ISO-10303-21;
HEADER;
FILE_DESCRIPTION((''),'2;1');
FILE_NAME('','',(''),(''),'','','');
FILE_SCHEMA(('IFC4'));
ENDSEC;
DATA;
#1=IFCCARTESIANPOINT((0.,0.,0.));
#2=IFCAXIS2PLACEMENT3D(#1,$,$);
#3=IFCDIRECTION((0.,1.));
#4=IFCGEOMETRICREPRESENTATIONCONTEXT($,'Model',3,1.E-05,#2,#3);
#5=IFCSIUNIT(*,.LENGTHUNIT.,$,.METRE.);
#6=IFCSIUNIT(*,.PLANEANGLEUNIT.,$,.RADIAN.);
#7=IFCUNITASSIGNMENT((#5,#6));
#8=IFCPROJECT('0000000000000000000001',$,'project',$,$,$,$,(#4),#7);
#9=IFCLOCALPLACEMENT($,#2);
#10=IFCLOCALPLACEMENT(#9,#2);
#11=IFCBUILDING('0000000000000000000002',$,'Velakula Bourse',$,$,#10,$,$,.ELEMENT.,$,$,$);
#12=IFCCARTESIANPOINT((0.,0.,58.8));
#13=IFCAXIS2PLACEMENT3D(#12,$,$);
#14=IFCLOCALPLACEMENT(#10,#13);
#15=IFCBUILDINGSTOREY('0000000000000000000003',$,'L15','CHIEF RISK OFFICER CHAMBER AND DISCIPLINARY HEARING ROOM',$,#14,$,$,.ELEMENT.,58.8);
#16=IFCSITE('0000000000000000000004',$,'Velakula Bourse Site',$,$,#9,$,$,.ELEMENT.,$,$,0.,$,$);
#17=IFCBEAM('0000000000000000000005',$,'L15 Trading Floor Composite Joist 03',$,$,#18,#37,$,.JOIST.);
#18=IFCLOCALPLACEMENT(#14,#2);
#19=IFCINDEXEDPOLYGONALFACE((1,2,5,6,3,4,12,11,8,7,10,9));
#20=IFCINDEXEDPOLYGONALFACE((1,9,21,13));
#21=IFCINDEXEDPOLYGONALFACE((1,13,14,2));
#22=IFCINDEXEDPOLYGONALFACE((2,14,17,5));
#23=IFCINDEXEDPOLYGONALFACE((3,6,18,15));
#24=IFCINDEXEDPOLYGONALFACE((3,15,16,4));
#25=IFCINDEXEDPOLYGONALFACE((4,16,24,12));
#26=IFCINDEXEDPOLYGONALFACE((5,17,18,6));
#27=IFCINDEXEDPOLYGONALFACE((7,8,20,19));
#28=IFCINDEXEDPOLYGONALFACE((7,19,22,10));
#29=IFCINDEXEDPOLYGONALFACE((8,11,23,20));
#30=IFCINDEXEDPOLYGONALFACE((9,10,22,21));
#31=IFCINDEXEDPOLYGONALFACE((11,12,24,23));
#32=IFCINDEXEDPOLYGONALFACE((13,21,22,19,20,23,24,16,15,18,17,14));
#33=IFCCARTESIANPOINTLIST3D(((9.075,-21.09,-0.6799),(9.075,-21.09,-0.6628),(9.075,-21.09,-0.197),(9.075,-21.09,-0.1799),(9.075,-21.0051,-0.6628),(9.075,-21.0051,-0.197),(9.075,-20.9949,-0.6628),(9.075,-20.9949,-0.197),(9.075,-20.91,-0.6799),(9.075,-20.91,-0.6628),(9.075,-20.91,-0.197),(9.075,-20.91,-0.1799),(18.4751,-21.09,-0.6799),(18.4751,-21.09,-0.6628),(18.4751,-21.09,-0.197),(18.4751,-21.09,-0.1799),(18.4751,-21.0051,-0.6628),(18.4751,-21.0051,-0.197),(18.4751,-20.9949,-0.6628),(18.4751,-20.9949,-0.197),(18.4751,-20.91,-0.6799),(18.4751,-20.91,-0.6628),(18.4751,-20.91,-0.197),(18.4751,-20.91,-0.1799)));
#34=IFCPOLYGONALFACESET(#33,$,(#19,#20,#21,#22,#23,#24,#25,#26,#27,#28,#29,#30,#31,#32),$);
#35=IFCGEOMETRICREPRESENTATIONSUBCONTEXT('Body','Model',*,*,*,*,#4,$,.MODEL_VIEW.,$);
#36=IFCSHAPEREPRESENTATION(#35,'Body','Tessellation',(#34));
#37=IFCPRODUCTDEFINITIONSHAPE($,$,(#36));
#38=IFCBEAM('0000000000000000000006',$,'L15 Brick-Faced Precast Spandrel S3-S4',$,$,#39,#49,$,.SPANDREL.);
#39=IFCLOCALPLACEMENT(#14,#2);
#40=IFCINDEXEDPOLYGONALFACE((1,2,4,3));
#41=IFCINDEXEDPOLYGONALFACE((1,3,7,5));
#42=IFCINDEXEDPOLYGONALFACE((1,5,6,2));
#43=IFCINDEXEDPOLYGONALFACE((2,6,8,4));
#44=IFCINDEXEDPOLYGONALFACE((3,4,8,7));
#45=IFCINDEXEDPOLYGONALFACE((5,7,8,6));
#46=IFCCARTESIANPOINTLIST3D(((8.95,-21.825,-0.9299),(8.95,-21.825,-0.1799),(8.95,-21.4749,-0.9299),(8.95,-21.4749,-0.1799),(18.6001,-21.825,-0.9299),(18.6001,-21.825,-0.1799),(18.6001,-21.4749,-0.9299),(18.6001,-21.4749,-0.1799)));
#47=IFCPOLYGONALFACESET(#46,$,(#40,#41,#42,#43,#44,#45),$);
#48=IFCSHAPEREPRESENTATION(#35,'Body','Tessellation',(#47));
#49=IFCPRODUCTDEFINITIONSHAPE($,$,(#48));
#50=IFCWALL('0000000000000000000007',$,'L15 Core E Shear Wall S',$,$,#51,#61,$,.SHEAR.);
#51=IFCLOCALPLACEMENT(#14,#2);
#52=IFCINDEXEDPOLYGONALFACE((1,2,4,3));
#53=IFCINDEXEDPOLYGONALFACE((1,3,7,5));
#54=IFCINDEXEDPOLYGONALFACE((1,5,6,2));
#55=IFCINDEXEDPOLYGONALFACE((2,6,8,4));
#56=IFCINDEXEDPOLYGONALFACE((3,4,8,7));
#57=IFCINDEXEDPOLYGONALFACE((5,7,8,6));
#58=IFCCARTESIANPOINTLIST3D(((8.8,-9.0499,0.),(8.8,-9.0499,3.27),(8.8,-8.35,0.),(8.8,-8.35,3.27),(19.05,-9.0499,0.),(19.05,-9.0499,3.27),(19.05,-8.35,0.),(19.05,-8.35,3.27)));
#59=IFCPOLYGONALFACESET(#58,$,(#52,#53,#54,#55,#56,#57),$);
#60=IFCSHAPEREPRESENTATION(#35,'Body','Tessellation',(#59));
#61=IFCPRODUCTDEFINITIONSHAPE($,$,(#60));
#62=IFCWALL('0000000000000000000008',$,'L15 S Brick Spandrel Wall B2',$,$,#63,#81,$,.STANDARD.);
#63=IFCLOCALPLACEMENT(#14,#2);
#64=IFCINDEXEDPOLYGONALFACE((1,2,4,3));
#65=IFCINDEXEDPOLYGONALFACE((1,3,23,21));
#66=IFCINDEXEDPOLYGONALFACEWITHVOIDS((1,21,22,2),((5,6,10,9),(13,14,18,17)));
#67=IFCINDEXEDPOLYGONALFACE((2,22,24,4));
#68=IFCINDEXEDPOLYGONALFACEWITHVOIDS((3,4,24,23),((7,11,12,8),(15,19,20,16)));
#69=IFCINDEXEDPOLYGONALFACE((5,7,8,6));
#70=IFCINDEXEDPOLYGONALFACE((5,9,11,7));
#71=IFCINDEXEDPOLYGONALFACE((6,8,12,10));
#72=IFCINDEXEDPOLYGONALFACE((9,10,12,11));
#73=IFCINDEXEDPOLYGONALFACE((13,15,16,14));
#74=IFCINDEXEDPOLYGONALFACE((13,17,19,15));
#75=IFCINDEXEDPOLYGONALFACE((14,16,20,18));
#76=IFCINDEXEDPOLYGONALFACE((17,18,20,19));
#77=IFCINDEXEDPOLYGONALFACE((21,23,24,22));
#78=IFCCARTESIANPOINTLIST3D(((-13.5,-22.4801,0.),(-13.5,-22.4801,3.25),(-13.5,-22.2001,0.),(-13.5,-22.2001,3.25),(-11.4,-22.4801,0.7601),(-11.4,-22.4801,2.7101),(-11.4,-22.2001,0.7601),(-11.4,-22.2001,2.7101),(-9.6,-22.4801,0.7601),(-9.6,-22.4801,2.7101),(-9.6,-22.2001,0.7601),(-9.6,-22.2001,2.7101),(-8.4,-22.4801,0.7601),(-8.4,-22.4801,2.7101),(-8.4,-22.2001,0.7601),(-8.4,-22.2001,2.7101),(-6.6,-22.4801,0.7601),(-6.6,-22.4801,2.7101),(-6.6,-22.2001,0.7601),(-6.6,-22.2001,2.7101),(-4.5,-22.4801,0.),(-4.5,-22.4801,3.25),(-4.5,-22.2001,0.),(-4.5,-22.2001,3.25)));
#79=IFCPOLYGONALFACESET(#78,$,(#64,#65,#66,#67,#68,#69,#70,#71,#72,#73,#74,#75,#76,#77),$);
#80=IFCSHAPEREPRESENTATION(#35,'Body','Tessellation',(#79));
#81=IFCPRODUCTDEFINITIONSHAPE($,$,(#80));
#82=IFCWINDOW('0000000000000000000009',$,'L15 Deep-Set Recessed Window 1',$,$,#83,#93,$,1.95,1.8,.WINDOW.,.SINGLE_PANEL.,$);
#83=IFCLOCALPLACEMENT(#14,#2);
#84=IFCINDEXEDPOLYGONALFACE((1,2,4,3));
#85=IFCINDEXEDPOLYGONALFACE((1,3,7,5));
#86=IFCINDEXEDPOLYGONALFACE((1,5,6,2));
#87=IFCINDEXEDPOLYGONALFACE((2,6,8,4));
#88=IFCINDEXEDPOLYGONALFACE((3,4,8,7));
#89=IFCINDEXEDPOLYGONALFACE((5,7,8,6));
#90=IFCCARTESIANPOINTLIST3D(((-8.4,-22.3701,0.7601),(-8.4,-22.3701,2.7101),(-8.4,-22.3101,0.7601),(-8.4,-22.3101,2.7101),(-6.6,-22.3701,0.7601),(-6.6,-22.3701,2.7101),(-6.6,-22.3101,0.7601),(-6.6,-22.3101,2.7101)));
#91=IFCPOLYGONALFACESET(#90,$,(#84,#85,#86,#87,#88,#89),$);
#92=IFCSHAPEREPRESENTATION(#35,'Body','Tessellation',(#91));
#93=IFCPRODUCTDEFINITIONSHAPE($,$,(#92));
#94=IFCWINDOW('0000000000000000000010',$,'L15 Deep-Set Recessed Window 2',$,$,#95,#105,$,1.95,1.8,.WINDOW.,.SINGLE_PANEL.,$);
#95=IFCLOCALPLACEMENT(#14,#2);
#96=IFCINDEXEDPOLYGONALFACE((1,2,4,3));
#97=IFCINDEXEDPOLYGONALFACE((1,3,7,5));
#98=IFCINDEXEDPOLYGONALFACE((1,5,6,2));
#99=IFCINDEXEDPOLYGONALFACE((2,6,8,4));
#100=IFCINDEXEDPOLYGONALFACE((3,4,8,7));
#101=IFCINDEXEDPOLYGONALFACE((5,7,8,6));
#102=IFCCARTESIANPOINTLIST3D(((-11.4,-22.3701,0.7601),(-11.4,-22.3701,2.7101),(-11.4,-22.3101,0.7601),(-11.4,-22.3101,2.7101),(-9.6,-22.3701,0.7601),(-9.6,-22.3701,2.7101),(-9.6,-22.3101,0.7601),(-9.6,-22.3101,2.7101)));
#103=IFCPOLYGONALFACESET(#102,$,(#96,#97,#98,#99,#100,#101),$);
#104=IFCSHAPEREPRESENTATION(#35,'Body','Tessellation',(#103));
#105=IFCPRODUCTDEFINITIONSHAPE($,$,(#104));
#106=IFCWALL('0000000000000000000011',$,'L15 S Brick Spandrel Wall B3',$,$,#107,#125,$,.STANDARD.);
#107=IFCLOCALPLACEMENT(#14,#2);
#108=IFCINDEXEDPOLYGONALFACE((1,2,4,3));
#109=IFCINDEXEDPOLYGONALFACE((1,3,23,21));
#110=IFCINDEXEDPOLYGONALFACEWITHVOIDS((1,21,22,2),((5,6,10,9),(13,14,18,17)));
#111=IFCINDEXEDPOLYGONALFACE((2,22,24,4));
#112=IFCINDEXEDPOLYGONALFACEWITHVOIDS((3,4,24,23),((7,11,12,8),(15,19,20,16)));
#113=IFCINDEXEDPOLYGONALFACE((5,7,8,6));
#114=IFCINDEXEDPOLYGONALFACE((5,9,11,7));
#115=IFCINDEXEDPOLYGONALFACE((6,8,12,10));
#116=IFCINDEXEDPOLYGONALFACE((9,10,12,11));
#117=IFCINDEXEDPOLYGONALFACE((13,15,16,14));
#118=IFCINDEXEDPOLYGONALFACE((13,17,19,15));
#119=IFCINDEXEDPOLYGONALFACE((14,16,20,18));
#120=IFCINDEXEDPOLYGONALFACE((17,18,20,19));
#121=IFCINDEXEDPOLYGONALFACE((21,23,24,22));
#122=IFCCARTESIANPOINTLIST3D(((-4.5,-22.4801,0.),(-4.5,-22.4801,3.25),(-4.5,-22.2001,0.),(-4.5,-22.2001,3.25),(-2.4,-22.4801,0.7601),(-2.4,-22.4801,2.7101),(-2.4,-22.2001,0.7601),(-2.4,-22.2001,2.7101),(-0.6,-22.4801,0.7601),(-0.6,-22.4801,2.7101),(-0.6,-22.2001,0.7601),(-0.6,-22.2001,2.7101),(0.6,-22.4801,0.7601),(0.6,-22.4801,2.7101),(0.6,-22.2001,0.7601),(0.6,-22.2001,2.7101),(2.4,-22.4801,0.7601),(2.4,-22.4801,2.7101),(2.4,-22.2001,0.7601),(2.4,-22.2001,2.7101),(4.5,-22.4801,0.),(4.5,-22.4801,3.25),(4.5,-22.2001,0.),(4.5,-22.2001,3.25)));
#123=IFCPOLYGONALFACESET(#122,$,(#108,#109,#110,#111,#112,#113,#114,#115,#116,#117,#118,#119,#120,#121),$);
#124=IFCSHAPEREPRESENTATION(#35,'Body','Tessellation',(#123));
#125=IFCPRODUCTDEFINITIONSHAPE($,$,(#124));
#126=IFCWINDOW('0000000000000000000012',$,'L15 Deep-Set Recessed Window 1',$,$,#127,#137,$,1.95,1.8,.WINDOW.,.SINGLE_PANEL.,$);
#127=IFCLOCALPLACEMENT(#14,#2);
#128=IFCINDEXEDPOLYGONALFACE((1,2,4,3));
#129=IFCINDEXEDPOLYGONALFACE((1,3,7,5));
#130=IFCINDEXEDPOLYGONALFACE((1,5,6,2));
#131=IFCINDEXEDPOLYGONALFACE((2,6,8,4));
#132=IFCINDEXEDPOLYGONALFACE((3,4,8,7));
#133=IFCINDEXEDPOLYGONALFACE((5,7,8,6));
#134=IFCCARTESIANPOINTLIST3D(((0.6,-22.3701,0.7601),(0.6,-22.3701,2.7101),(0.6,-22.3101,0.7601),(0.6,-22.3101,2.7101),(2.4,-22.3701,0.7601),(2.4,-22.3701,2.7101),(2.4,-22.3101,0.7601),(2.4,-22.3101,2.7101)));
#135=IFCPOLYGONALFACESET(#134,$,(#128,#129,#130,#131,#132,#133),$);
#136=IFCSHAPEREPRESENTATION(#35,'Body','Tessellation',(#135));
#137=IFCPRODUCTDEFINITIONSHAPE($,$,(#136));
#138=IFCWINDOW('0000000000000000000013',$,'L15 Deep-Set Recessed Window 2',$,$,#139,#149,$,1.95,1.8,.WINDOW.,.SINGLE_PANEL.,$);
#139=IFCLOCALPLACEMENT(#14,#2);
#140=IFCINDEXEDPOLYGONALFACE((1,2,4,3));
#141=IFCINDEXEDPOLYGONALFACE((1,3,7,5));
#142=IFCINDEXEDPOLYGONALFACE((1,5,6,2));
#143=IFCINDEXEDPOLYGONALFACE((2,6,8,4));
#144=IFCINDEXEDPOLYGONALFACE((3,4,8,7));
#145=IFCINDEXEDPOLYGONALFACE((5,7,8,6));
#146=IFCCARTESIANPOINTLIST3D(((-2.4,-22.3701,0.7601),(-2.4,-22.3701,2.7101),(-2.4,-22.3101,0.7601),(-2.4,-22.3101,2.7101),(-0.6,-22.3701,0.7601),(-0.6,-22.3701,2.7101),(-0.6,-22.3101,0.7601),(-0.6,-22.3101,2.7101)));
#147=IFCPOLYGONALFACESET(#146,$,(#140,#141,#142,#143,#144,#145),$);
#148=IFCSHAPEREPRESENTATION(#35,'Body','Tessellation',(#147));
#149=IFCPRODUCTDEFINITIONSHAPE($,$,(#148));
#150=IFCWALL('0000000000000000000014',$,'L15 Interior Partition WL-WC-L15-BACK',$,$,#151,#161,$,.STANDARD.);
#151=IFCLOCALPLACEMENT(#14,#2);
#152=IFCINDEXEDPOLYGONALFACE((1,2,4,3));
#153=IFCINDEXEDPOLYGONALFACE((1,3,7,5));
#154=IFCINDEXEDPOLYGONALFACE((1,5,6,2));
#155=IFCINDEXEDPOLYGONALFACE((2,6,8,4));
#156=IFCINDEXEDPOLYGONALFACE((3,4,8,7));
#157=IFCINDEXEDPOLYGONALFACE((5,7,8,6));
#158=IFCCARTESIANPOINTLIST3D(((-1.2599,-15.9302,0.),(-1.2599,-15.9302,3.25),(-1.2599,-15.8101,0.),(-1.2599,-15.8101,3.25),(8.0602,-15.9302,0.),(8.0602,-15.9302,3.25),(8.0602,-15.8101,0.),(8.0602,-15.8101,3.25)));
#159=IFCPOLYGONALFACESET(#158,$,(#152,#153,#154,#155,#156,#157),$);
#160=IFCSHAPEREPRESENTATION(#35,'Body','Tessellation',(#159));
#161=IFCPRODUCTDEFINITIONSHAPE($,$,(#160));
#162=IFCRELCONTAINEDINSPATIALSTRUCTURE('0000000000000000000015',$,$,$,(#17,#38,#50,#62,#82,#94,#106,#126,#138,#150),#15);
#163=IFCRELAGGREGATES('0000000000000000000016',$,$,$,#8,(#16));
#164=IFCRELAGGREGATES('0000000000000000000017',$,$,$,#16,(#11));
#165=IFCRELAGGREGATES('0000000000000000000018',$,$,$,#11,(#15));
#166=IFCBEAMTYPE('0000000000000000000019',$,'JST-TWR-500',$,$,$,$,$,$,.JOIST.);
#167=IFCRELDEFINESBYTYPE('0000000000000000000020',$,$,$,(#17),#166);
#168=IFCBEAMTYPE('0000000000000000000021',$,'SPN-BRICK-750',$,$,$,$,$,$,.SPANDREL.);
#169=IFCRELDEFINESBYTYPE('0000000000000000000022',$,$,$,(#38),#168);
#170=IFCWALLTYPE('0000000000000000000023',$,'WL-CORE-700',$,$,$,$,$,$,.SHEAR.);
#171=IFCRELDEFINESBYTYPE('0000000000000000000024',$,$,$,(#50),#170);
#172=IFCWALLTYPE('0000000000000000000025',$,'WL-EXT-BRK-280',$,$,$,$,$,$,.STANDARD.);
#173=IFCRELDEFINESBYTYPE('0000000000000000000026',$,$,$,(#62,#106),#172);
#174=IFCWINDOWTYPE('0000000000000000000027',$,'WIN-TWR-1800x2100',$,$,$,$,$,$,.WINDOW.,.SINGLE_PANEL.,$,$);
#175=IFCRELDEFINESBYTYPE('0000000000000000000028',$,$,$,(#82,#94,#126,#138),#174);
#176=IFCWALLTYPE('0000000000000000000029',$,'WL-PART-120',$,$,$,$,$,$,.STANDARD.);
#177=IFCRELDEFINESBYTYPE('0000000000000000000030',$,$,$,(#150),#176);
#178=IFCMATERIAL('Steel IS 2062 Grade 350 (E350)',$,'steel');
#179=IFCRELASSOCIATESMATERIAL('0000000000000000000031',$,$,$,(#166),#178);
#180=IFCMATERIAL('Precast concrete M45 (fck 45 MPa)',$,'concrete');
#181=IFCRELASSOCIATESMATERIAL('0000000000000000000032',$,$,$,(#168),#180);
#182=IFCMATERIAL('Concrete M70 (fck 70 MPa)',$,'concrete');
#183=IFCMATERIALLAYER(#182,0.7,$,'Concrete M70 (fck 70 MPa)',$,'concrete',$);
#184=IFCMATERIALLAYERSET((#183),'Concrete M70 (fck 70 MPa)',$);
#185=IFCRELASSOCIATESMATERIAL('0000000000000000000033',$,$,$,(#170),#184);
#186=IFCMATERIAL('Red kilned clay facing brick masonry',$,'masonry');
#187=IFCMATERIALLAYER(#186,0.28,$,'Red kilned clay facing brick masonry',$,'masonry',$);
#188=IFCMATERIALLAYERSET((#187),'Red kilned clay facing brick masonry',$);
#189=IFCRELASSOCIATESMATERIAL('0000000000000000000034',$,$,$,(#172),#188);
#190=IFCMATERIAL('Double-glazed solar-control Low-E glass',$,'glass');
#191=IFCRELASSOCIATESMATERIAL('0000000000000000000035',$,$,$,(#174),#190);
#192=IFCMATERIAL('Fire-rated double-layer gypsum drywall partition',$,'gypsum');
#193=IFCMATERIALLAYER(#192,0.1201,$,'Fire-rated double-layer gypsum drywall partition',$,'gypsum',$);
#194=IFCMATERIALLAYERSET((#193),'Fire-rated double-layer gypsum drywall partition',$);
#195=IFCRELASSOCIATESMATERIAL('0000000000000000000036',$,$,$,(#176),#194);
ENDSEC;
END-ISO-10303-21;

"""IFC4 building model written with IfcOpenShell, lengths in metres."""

from ifc_helpers import new_model, si_unit, direction, frame, frame_2d, origin, origin_2d, place, context, subcontext, project, spatial, rectangle, i_section, extrude, material, layer, layer_set, material_profile, profile_set, type_object, element, fill, save


model = new_model("IFC4")

# Units and contexts
model_context = context("Model", 3, precision=1e-05, world=origin(), true_north=direction((0.0, 1.0)))
body_context = subcontext(model_context, "Body", "Model", "MODEL_VIEW")
ifc_project = project(units=[si_unit("LENGTHUNIT", "METRE"), si_unit("PLANEANGLEUNIT", "RADIAN")], contexts=[model_context])

# Site, building, storey
site_placement = place(None, origin())
site = spatial("IfcSite", under=ifc_project, at=site_placement, Name="Velakula Bourse Site", CompositionType="ELEMENT", RefElevation=0.0)
building_placement = place(site_placement, origin())
building = spatial("IfcBuilding", under=site, at=building_placement, Name="Velakula Bourse", CompositionType="ELEMENT")
storey_placement = place(building_placement, frame((0.0, 0.0, 58.8)))
storey = spatial("IfcBuildingStorey", under=building, at=storey_placement, Name="L15", Description="CHIEF RISK OFFICER CHAMBER AND DISCIPLINARY HEARING ROOM", CompositionType="ELEMENT", Elevation=58.8)

# Shared definitions
ifc_material_1 = material(Name="Concrete M70 (fck 70 MPa)", Category="concrete")

# Beams
ifc_material_2 = material(Name="Steel IS 2062 Grade 350 (E350)", Category="steel")
ifc_material_profile_1 = material_profile(ifc_material_2, i_section(OverallWidth=0.1799, OverallDepth=0.5, WebThickness=0.0103, FlangeThickness=0.0171, at=origin_2d()), Name="Steel IS 2062 Grade 350 (E350)")
ifc_profile_set_1 = profile_set([ifc_material_profile_1], Name="Steel IS 2062 Grade 350 (E350)")
beam_type_1 = type_object("IfcBeamType", Name="JST-TWR-500", PredefinedType="JOIST", material=ifc_profile_set_1)
beam_1_placement = place(storey_placement, frame((9.075, -21.0, -0.4299), z_axis=(1.0, 0.0, 0.0), x_axis=(0.0, 1.0, 0.0)))
element("IfcBeam", 1, at=beam_1_placement, inside=storey, type_object=beam_type_1, Name="L15 Trading Floor Composite Joist 03", PredefinedType="JOIST", context=body_context, shape_type="SweptSolid", body=[
    extrude(i_section(OverallWidth=0.1799, OverallDepth=0.5, WebThickness=0.0103, FlangeThickness=0.0171, at=origin_2d()), origin(), (0.0, 0.0, 1.0), 9.4001),
])
ifc_material_3 = material(Name="Precast concrete M45 (fck 45 MPa)", Category="concrete")
ifc_material_profile_2 = material_profile(ifc_material_3, rectangle(XDim=0.3501, YDim=0.75, at=origin_2d()), Name="Precast concrete M45 (fck 45 MPa)")
ifc_profile_set_2 = profile_set([ifc_material_profile_2], Name="Precast concrete M45 (fck 45 MPa)")
beam_type_2 = type_object("IfcBeamType", Name="SPN-BRICK-750", PredefinedType="SPANDREL", material=ifc_profile_set_2)
beam_2_placement = place(storey_placement, frame((8.95, -21.6499, -0.5549), z_axis=(1.0, 0.0, 0.0), x_axis=(0.0, 1.0, 0.0)))
element("IfcBeam", 2, at=beam_2_placement, inside=storey, type_object=beam_type_2, Name="L15 Brick-Faced Precast Spandrel S3-S4", PredefinedType="SPANDREL", context=body_context, shape_type="SweptSolid", body=[
    extrude(rectangle(XDim=0.3501, YDim=0.75, at=origin_2d()), origin(), (0.0, 0.0, 1.0), 9.6501),
])

# Wall
ifc_layer_1 = layer(ifc_material_1, 0.7, Name="Concrete M70 (fck 70 MPa)", Category="concrete")
ifc_layer_set_1 = layer_set([ifc_layer_1], Name="Concrete M70 (fck 70 MPa)")
wall_type_1 = type_object("IfcWallType", Name="WL-CORE-700", PredefinedType="SHEAR", material=ifc_layer_set_1)
wall_1_placement = place(storey_placement, frame((8.8, -8.7, 0.0), z_axis=(0.0, 0.0, 1.0), x_axis=(1.0, 0.0, 0.0)))
element("IfcWall", 3, at=wall_1_placement, inside=storey, type_object=wall_type_1, Name="L15 Core E Shear Wall S", PredefinedType="SHEAR", context=body_context, shape_type="SweptSolid", body=[
    extrude(rectangle(XDim=10.25, YDim=0.7, at=frame_2d((5.125, 0.0))), origin(), (0.0, 0.0, 1.0), 3.27),
])

# Walls, openings, windows
ifc_material_4 = material(Name="Red kilned clay facing brick masonry", Category="masonry")
ifc_layer_2 = layer(ifc_material_4, 0.28, Name="Red kilned clay facing brick masonry", Category="masonry")
ifc_layer_set_2 = layer_set([ifc_layer_2], Name="Red kilned clay facing brick masonry")
wall_type_2 = type_object("IfcWallType", Name="WL-EXT-BRK-280", PredefinedType="STANDARD", material=ifc_layer_set_2)
wall_2_placement = place(storey_placement, frame((-4.5, -22.3401, 0.0), z_axis=(0.0, 0.0, 1.0), x_axis=(-1.0, 0.0, 0.0)))
wall_2 = element("IfcWall", 4, at=wall_2_placement, inside=storey, type_object=wall_type_2, Name="L15 S Brick Spandrel Wall B2", PredefinedType="STANDARD", context=body_context, shape_type="SweptSolid", body=[
    extrude(rectangle(XDim=9.0, YDim=0.28, at=frame_2d((4.5, 0.0))), origin(), (0.0, 0.0, 1.0), 3.25),
])
opening_1_placement = place(wall_2_placement, frame((2.1001, 0.0, 0.76)))
opening_1 = element("IfcOpeningElement", 5, at=opening_1_placement, cuts=wall_2, PredefinedType="OPENING", context=body_context, shape_type="SweptSolid", body=[
    extrude(rectangle(XDim=1.8, YDim=1.95, at=frame_2d((0.8999, 0.9751))), frame((0.0, 0.1499, 0.0), z_axis=(0.0, -1.0, 0.0), x_axis=(1.0, 0.0, 0.0)), (0.0, 0.0, 1.0), 0.3),
])
opening_2_placement = place(wall_2_placement, frame((5.1001, 0.0, 0.76)))
opening_2 = element("IfcOpeningElement", 6, at=opening_2_placement, cuts=wall_2, PredefinedType="OPENING", context=body_context, shape_type="SweptSolid", body=[
    extrude(rectangle(XDim=1.8, YDim=1.95, at=frame_2d((0.8999, 0.9751))), frame((0.0, 0.1499, 0.0), z_axis=(0.0, -1.0, 0.0), x_axis=(1.0, 0.0, 0.0)), (0.0, 0.0, 1.0), 0.3),
])
ifc_material_5 = material(Name="Double-glazed solar-control Low-E glass", Category="glass")
window_type = type_object("IfcWindowType", Name="WIN-TWR-1800x2100", PartitioningType="SINGLE_PANEL", PredefinedType="WINDOW", material=ifc_material_5)
window_1_placement = place(opening_1_placement, origin())
window_1 = element("IfcWindow", 7, at=window_1_placement, inside=storey, type_object=window_type, Name="L15 Deep-Set Recessed Window 1", OverallHeight=1.95, OverallWidth=1.8, PartitioningType="SINGLE_PANEL", PredefinedType="WINDOW", context=body_context, shape_type="SweptSolid", body=[
    extrude(rectangle(XDim=1.8, YDim=1.95, at=frame_2d((0.8999, 0.9751))), frame((0.0, 0.03, 0.0), z_axis=(0.0, -1.0, 0.0), x_axis=(1.0, 0.0, 0.0)), (0.0, 0.0, 1.0), 0.0601),
])
fill(opening_1, window_1)
window_2_placement = place(opening_2_placement, origin())
window_2 = element("IfcWindow", 8, at=window_2_placement, inside=storey, type_object=window_type, Name="L15 Deep-Set Recessed Window 2", OverallHeight=1.95, OverallWidth=1.8, PartitioningType="SINGLE_PANEL", PredefinedType="WINDOW", context=body_context, shape_type="SweptSolid", body=[
    extrude(rectangle(XDim=1.8, YDim=1.95, at=frame_2d((0.8999, 0.9751))), frame((0.0, 0.03, 0.0), z_axis=(0.0, -1.0, 0.0), x_axis=(1.0, 0.0, 0.0)), (0.0, 0.0, 1.0), 0.0601),
])
fill(opening_2, window_2)
wall_3_placement = place(storey_placement, frame((4.5, -22.3401, 0.0), z_axis=(0.0, 0.0, 1.0), x_axis=(-1.0, 0.0, 0.0)))
wall_3 = element("IfcWall", 9, at=wall_3_placement, inside=storey, type_object=wall_type_2, Name="L15 S Brick Spandrel Wall B3", PredefinedType="STANDARD", context=body_context, shape_type="SweptSolid", body=[
    extrude(rectangle(XDim=9.0, YDim=0.28, at=frame_2d((4.5, 0.0))), origin(), (0.0, 0.0, 1.0), 3.25),
])
opening_3_placement = place(wall_3_placement, frame((2.1001, 0.0, 0.76)))
opening_3 = element("IfcOpeningElement", 10, at=opening_3_placement, cuts=wall_3, PredefinedType="OPENING", context=body_context, shape_type="SweptSolid", body=[
    extrude(rectangle(XDim=1.8, YDim=1.95, at=frame_2d((0.8999, 0.9751))), frame((0.0, 0.1499, 0.0), z_axis=(0.0, -1.0, 0.0), x_axis=(1.0, 0.0, 0.0)), (0.0, 0.0, 1.0), 0.3),
])
opening_4_placement = place(wall_3_placement, frame((5.1001, 0.0, 0.76)))
opening_4 = element("IfcOpeningElement", 11, at=opening_4_placement, cuts=wall_3, PredefinedType="OPENING", context=body_context, shape_type="SweptSolid", body=[
    extrude(rectangle(XDim=1.8, YDim=1.95, at=frame_2d((0.8999, 0.9751))), frame((0.0, 0.1499, 0.0), z_axis=(0.0, -1.0, 0.0), x_axis=(1.0, 0.0, 0.0)), (0.0, 0.0, 1.0), 0.3),
])
window_3_placement = place(opening_3_placement, origin())
window_3 = element("IfcWindow", 12, at=window_3_placement, inside=storey, type_object=window_type, Name="L15 Deep-Set Recessed Window 1", OverallHeight=1.95, OverallWidth=1.8, PartitioningType="SINGLE_PANEL", PredefinedType="WINDOW", context=body_context, shape_type="SweptSolid", body=[
    extrude(rectangle(XDim=1.8, YDim=1.95, at=frame_2d((0.8999, 0.9751))), frame((0.0, 0.03, 0.0), z_axis=(0.0, -1.0, 0.0), x_axis=(1.0, 0.0, 0.0)), (0.0, 0.0, 1.0), 0.0601),
])
fill(opening_3, window_3)
window_4_placement = place(opening_4_placement, origin())
window_4 = element("IfcWindow", 13, at=window_4_placement, inside=storey, type_object=window_type, Name="L15 Deep-Set Recessed Window 2", OverallHeight=1.95, OverallWidth=1.8, PartitioningType="SINGLE_PANEL", PredefinedType="WINDOW", context=body_context, shape_type="SweptSolid", body=[
    extrude(rectangle(XDim=1.8, YDim=1.95, at=frame_2d((0.8999, 0.9751))), frame((0.0, 0.03, 0.0), z_axis=(0.0, -1.0, 0.0), x_axis=(1.0, 0.0, 0.0)), (0.0, 0.0, 1.0), 0.0601),
])
fill(opening_4, window_4)

# Wall
ifc_material_6 = material(Name="Fire-rated double-layer gypsum drywall partition", Category="gypsum")
ifc_layer_3 = layer(ifc_material_6, 0.1201, Name="Fire-rated double-layer gypsum drywall partition", Category="gypsum")
ifc_layer_set_3 = layer_set([ifc_layer_3], Name="Fire-rated double-layer gypsum drywall partition")
wall_type_3 = type_object("IfcWallType", Name="WL-PART-120", PredefinedType="STANDARD", material=ifc_layer_set_3)
wall_4_placement = place(storey_placement, frame((-1.26, -15.8701, 0.0), z_axis=(0.0, 0.0, 1.0), x_axis=(1.0, 0.0, 0.0)))
element("IfcWall", 14, at=wall_4_placement, inside=storey, type_object=wall_type_3, Name="L15 Interior Partition WL-WC-L15-BACK", PredefinedType="STANDARD", context=body_context, shape_type="SweptSolid", body=[
    extrude(rectangle(XDim=9.3201, YDim=0.1201, at=frame_2d((4.6602, 0.0))), origin(), (0.0, 0.0, 1.0), 3.25),
])

save(model, "model.ifc")
